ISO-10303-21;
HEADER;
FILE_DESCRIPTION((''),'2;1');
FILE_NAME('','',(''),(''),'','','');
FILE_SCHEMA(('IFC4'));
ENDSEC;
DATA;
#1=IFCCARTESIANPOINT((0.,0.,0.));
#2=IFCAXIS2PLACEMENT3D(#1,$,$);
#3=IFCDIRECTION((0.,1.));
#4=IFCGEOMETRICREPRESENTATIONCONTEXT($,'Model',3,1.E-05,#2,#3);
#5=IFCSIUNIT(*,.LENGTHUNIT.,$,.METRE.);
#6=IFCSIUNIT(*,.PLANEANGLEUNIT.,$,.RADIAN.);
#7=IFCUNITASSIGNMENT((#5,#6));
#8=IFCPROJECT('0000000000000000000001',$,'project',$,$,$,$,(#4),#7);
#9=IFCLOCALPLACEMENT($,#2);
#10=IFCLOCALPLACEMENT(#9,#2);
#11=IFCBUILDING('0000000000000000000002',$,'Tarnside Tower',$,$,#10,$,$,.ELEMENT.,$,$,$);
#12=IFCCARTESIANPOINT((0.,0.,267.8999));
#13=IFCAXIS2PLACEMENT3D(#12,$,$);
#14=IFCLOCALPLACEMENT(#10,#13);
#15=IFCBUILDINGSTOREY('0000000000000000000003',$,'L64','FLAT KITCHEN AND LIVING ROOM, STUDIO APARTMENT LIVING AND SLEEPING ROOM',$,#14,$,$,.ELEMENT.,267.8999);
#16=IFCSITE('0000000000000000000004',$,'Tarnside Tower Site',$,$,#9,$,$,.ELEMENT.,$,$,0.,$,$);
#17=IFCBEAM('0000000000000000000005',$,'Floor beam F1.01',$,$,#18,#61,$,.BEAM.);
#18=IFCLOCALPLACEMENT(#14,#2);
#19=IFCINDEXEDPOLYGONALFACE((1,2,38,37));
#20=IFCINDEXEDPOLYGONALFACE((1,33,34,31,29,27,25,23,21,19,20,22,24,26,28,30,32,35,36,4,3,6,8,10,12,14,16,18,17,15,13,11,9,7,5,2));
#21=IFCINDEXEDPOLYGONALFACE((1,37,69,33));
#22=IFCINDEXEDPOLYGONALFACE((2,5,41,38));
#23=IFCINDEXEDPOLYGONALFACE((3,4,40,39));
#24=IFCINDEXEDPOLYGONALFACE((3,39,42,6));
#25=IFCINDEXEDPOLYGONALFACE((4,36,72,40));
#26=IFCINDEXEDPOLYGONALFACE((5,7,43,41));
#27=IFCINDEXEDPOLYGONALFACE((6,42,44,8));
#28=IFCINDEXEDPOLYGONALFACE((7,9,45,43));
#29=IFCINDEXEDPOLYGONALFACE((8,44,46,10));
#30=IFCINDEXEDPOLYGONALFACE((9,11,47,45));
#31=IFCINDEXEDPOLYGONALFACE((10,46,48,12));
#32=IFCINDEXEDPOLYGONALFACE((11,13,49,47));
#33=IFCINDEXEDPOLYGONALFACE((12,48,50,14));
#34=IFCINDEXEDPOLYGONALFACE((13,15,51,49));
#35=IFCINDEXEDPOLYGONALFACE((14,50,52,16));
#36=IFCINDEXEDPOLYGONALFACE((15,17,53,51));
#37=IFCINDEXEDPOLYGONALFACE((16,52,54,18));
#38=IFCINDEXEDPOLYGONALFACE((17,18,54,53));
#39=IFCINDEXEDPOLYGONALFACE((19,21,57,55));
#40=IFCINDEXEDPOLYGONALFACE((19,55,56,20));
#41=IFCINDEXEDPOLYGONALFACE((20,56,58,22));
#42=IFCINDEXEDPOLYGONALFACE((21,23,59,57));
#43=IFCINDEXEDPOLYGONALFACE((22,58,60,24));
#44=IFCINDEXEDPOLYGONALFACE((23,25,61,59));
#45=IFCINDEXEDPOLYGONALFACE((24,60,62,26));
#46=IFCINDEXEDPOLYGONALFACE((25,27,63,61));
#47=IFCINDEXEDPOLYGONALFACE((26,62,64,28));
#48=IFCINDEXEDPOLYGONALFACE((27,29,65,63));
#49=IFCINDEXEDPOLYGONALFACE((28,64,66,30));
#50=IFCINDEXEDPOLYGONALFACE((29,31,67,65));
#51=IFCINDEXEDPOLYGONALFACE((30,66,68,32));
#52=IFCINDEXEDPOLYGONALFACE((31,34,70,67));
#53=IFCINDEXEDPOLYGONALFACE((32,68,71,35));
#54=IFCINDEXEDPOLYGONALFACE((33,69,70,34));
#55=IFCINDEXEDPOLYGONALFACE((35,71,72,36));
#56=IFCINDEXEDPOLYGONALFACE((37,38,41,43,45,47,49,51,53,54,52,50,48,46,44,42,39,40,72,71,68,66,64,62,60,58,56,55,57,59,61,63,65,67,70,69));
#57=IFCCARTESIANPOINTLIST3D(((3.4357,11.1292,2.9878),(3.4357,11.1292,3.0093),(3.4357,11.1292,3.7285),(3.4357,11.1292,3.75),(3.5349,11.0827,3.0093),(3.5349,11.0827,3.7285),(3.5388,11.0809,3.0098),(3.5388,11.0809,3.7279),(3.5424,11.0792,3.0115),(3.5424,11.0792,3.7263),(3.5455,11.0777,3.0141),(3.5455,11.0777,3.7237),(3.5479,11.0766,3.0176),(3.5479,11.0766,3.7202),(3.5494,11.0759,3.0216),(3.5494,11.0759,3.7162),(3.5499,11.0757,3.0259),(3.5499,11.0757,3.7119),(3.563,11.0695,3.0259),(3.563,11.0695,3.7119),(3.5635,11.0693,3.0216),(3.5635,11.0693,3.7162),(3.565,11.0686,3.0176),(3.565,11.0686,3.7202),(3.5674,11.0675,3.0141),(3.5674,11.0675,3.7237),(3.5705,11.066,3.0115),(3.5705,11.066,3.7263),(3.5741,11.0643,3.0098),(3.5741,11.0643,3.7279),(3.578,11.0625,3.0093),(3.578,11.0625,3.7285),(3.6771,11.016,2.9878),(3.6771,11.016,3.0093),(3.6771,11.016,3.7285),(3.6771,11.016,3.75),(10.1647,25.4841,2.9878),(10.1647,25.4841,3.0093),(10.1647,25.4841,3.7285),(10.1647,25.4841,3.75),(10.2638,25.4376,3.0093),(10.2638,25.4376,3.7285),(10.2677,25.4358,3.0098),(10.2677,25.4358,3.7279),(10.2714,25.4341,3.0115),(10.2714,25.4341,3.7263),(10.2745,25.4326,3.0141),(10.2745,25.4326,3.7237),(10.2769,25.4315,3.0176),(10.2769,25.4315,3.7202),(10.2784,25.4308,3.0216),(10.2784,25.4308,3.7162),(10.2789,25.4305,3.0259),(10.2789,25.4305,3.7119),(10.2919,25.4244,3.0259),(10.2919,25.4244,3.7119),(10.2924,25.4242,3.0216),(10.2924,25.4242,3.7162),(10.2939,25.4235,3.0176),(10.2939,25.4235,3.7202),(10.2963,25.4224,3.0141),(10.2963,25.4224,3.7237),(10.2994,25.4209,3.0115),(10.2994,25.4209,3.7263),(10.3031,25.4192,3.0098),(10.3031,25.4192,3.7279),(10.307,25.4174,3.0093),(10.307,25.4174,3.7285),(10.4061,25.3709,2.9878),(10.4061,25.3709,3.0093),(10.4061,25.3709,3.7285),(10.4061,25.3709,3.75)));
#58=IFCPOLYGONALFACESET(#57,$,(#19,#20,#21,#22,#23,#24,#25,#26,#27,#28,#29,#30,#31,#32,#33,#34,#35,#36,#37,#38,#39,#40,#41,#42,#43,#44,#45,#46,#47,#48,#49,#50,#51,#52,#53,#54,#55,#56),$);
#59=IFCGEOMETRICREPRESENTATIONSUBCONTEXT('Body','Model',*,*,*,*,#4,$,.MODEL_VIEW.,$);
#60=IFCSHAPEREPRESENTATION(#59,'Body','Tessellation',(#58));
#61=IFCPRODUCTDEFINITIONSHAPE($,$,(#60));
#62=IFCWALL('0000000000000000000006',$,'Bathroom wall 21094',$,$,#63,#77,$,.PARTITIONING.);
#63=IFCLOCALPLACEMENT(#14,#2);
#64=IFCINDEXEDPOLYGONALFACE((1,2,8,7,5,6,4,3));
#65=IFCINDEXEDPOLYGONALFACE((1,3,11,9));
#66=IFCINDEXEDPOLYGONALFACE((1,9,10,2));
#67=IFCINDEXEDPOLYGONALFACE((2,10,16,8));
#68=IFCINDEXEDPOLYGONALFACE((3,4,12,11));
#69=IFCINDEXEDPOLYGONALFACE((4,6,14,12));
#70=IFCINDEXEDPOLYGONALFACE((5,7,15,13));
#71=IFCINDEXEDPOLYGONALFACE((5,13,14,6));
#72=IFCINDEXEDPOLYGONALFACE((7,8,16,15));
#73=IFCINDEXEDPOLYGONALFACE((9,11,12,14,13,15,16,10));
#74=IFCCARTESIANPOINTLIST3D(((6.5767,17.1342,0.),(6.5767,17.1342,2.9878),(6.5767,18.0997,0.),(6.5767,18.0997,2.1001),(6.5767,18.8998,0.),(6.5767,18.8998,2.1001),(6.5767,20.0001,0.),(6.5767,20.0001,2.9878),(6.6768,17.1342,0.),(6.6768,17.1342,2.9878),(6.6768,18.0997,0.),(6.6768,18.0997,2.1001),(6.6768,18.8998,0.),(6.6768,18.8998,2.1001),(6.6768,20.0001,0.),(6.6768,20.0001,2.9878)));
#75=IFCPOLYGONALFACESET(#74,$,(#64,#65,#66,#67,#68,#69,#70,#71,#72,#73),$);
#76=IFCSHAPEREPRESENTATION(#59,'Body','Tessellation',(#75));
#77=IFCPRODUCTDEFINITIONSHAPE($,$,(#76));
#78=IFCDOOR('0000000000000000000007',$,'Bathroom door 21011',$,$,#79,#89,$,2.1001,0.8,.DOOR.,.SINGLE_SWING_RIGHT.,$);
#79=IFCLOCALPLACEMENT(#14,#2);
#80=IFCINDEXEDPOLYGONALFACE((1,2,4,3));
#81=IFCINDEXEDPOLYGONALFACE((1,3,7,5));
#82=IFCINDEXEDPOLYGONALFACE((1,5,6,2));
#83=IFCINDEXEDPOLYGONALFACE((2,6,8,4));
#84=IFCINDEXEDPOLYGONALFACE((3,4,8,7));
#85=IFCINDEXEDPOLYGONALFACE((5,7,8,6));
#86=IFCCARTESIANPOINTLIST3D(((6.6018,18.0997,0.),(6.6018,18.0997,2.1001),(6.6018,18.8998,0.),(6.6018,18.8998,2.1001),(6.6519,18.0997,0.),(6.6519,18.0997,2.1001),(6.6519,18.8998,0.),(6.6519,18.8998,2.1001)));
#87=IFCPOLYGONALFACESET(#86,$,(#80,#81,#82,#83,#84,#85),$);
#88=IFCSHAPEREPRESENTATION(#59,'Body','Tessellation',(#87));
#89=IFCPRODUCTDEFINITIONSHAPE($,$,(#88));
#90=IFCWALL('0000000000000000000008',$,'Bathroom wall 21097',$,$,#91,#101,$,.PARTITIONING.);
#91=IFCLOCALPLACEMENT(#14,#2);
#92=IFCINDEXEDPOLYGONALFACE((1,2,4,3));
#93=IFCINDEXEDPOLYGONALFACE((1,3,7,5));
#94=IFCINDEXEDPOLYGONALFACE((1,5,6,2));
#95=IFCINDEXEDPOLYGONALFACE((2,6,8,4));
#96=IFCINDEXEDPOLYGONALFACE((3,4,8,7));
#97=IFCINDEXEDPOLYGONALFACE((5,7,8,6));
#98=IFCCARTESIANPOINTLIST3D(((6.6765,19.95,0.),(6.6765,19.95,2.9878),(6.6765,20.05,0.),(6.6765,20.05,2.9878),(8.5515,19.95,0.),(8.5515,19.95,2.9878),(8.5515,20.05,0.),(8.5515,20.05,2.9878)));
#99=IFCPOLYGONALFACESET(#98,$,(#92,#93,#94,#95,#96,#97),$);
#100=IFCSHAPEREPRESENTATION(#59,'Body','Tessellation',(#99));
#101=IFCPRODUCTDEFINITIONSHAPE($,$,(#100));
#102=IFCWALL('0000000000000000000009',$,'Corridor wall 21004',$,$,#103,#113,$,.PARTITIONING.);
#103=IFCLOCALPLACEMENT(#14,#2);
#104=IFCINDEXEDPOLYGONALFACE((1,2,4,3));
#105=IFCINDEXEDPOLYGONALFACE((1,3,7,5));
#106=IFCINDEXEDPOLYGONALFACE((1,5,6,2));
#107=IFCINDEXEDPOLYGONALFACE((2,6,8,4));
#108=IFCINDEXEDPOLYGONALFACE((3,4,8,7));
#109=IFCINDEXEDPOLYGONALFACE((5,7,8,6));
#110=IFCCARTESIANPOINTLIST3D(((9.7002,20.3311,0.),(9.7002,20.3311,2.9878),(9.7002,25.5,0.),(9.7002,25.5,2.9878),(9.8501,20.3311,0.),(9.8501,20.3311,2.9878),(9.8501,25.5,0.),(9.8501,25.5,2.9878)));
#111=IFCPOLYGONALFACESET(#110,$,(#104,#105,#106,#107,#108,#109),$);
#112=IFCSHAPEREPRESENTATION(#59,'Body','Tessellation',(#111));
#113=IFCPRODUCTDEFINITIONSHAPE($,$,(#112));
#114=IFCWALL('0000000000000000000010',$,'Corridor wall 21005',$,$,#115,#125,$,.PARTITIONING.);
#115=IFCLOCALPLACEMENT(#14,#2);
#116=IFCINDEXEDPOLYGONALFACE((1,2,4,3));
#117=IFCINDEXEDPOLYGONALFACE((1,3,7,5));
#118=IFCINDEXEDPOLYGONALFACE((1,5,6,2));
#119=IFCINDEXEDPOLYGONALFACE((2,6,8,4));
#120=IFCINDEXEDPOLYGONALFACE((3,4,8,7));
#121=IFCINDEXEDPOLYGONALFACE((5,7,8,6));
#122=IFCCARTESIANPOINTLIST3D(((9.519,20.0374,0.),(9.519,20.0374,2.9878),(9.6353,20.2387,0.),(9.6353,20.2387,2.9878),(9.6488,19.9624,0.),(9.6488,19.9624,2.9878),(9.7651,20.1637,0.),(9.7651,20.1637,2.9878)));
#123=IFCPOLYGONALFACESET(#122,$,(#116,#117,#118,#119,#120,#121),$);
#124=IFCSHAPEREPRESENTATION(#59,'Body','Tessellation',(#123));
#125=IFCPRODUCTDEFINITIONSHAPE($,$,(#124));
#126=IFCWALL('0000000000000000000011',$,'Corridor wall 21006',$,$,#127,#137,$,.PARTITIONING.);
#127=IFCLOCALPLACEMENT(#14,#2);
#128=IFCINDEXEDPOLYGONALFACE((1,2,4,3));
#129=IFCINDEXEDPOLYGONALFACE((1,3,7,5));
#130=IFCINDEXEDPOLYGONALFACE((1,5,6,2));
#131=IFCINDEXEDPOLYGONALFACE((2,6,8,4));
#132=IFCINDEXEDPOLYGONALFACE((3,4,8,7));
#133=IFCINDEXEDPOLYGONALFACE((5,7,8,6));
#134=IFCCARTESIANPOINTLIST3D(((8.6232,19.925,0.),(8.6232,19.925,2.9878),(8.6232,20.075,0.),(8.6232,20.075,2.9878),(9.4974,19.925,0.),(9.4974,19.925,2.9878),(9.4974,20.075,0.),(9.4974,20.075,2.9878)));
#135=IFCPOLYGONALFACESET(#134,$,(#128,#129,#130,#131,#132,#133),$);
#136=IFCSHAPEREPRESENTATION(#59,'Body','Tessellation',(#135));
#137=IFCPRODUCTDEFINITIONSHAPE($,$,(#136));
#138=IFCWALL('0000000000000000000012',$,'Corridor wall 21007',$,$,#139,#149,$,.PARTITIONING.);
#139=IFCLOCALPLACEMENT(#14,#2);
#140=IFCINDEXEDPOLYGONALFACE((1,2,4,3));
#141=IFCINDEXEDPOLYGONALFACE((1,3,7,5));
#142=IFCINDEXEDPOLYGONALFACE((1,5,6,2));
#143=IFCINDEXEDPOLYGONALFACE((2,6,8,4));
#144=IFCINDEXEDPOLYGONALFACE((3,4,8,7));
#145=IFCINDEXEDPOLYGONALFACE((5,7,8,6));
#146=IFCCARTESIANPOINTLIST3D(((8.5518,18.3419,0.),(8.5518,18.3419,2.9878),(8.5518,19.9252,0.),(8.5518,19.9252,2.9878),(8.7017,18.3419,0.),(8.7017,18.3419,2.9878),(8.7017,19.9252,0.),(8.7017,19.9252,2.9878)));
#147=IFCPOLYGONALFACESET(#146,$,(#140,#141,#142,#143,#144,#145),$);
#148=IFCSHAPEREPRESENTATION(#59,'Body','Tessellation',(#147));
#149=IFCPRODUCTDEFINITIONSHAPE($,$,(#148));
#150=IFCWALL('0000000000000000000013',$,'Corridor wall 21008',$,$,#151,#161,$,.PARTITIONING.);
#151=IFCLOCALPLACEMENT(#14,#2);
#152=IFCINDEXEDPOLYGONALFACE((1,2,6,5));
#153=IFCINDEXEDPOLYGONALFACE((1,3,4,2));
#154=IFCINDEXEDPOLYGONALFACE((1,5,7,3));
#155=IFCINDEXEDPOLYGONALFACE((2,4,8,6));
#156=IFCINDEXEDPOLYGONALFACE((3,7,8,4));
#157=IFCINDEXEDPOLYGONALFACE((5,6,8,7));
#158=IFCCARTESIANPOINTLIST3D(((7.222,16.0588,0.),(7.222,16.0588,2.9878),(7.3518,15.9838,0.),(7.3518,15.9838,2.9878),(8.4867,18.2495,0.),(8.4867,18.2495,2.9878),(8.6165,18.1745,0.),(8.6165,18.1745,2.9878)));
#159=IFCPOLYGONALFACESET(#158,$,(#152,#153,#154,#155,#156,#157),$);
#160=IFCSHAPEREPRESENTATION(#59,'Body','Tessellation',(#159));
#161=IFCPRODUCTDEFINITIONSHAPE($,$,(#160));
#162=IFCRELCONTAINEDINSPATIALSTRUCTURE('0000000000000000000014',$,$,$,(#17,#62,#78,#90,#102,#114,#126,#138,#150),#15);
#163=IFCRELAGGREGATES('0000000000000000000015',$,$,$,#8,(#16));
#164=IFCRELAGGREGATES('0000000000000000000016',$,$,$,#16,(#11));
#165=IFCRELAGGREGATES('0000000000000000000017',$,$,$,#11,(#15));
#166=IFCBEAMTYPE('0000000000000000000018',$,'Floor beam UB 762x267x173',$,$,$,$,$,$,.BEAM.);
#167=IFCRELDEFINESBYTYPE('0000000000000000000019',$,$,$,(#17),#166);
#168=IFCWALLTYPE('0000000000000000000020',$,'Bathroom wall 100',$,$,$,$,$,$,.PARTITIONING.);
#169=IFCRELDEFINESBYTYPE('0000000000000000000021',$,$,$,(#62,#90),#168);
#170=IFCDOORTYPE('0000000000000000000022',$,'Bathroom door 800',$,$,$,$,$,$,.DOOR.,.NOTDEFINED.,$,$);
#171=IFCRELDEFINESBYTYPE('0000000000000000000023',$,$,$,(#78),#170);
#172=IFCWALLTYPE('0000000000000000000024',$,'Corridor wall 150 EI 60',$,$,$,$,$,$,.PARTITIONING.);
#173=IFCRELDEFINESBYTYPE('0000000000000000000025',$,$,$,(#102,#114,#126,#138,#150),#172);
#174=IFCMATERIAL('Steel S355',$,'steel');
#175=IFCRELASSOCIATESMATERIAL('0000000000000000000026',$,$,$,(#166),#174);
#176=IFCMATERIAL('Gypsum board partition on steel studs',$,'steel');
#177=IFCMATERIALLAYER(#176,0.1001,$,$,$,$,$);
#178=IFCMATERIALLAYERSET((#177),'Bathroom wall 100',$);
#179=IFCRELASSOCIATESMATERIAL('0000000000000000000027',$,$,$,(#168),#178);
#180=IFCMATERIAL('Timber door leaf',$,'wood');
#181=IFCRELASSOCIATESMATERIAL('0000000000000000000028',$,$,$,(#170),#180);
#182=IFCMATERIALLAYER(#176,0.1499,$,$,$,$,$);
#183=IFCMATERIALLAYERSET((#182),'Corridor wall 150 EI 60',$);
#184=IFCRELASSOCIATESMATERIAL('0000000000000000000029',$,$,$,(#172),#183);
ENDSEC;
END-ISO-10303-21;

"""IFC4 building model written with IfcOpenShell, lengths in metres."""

from ifc_helpers import new_model, si_unit, direction, frame, frame_2d, origin, origin_2d, place, context, subcontext, project, spatial, rectangle, i_section, extrude, material, layer, layer_set, material_profile, profile_set, type_object, element, fill, save


model = new_model("IFC4")

# Units and contexts
model_context = context("Model", 3, precision=1e-05, world=origin(), true_north=direction((0.0, 1.0)))
body_context = subcontext(model_context, "Body", "Model", "MODEL_VIEW")
ifc_project = project(units=[si_unit("LENGTHUNIT", "METRE"), si_unit("PLANEANGLEUNIT", "RADIAN")], contexts=[model_context])

# Site, building, storey
site_placement = place(None, origin())
site = spatial("IfcSite", under=ifc_project, at=site_placement, Name="Tarnside Tower Site", CompositionType="ELEMENT", RefElevation=0.0)
building_placement = place(site_placement, origin())
building = spatial("IfcBuilding", under=site, at=building_placement, Name="Tarnside Tower", CompositionType="ELEMENT")
storey_placement = place(building_placement, frame((0.0, 0.0, 267.8999)))
storey = spatial("IfcBuildingStorey", under=building, at=storey_placement, Name="L64", Description="FLAT KITCHEN AND LIVING ROOM, STUDIO APARTMENT LIVING AND SLEEPING ROOM", CompositionType="ELEMENT", Elevation=267.8999)

# Beam
ifc_material_1 = material(Name="Steel S355", Category="steel")
ifc_material_profile = material_profile(ifc_material_1, i_section(OverallWidth=0.2666, OverallDepth=0.7622, WebThickness=0.0144, FlangeThickness=0.0215, FilletRadius=0.0166, at=origin_2d()), Name="UB 762x267x173")
ifc_profile_set = profile_set([ifc_material_profile], Name="Steel S355")
beam_type = type_object("IfcBeamType", Name="Floor beam UB 762x267x173", PredefinedType="BEAM", material=ifc_profile_set)
beam_placement = place(storey_placement, frame((10.2854, 25.4275, 3.3689), z_axis=(-0.424439, -0.905456, 0.0), x_axis=(0.905456, -0.424439, 0.0)))
element("IfcBeam", 1, at=beam_placement, inside=storey, type_object=beam_type, Name="Floor beam F1.01", PredefinedType="BEAM", context=body_context, shape_type="SweptSolid", body=[
    extrude(i_section(OverallWidth=0.2666, OverallDepth=0.7622, WebThickness=0.0144, FlangeThickness=0.0215, FilletRadius=0.0166, at=origin_2d()), origin(), (0.0, 0.0, 1.0), 15.8538),
])

# Wall, opening, door
ifc_material_2 = material(Name="Gypsum board partition on steel studs", Category="steel")
ifc_layer_1 = layer(ifc_material_2, 0.1001)
ifc_layer_set_1 = layer_set([ifc_layer_1], Name="Bathroom wall 100")
wall_type_1 = type_object("IfcWallType", Name="Bathroom wall 100", PredefinedType="PARTITIONING", material=ifc_layer_set_1)
wall_1_placement = place(storey_placement, frame((6.6267, 17.134, 0.0), z_axis=(0.0, 0.0, 1.0), x_axis=(0.0, 1.0, 0.0)))
wall_1 = element("IfcWall", 2, at=wall_1_placement, inside=storey, type_object=wall_type_1, Name="Bathroom wall 21094", PredefinedType="PARTITIONING", context=body_context, shape_type="SweptSolid", body=[
    extrude(rectangle(XDim=2.866, YDim=0.1001, at=frame_2d((1.4331, 0.0))), origin(), (0.0, 0.0, 1.0), 2.9878),
])
opening_1_placement = place(wall_1_placement, frame((0.9658, 0.0, 0.0)))
opening_1 = element("IfcOpeningElement", 3, at=opening_1_placement, cuts=wall_1, PredefinedType="OPENING", context=body_context, shape_type="SweptSolid", body=[
    extrude(rectangle(XDim=0.8, YDim=2.1001, at=frame_2d((0.3999, 1.05))), frame((0.0, 0.0601, 0.0), z_axis=(0.0, -1.0, 0.0), x_axis=(1.0, 0.0, 0.0)), (0.0, 0.0, 1.0), 0.1201),
])
ifc_material_3 = material(Name="Timber door leaf", Category="wood")
door_type = type_object("IfcDoorType", Name="Bathroom door 800", OperationType="NOTDEFINED", PredefinedType="DOOR", material=ifc_material_3)
door_placement = place(opening_1_placement, origin())
door = element("IfcDoor", 4, at=door_placement, inside=storey, type_object=door_type, Name="Bathroom door 21011", OperationType="SINGLE_SWING_RIGHT", OverallHeight=2.1001, OverallWidth=0.8, PredefinedType="DOOR", context=body_context, shape_type="SweptSolid", body=[
    extrude(rectangle(XDim=0.8, YDim=2.1001, at=frame_2d((0.3999, 1.05))), frame((0.0, 0.0249, 0.0), z_axis=(0.0, -1.0, 0.0), x_axis=(1.0, 0.0, 0.0)), (0.0, 0.0, 1.0), 0.05),
])
fill(opening_1, door)

# Walls
wall_2_placement = place(storey_placement, frame((6.6765, 20.0, 0.0), z_axis=(0.0, 0.0, 1.0), x_axis=(1.0, 0.0, 0.0)))
element("IfcWall", 5, at=wall_2_placement, inside=storey, type_object=wall_type_1, Name="Bathroom wall 21097", PredefinedType="PARTITIONING", context=body_context, shape_type="SweptSolid", body=[
    extrude(rectangle(XDim=1.875, YDim=0.1001, at=frame_2d((0.9375, 0.0))), origin(), (0.0, 0.0, 1.0), 2.9878),
])
ifc_layer_2 = layer(ifc_material_2, 0.1499)
ifc_layer_set_2 = layer_set([ifc_layer_2], Name="Corridor wall 150 EI 60")
wall_type_2 = type_object("IfcWallType", Name="Corridor wall 150 EI 60", PredefinedType="PARTITIONING", material=ifc_layer_set_2)
wall_3_placement = place(storey_placement, frame((9.7751, 25.5, 0.0), z_axis=(0.0, 0.0, 1.0), x_axis=(0.0, -1.0, 0.0)))
element("IfcWall", 6, at=wall_3_placement, inside=storey, type_object=wall_type_2, Name="Corridor wall 21004", PredefinedType="PARTITIONING", context=body_context, shape_type="SweptSolid", body=[
    extrude(rectangle(XDim=5.1689, YDim=0.1499, at=frame_2d((2.5845, 0.0))), origin(), (0.0, 0.0, 1.0), 2.9878),
])
wall_4_placement = place(storey_placement, frame((9.7002, 20.2012, 0.0), z_axis=(0.0, 0.0, 1.0), x_axis=(-0.500208, -0.865906, 0.0)))
element("IfcWall", 7, at=wall_4_placement, inside=storey, type_object=wall_type_2, Name="Corridor wall 21005", PredefinedType="PARTITIONING", context=body_context, shape_type="SweptSolid", body=[
    extrude(rectangle(XDim=0.2324, YDim=0.1499, at=frame_2d((0.1162, 0.0))), origin(), (0.0, 0.0, 1.0), 2.9878),
])
wall_5_placement = place(storey_placement, frame((9.4973, 20.0, 0.0), z_axis=(0.0, 0.0, 1.0), x_axis=(-1.0, 0.0, 0.0)))
element("IfcWall", 8, at=wall_5_placement, inside=storey, type_object=wall_type_2, Name="Corridor wall 21006", PredefinedType="PARTITIONING", context=body_context, shape_type="SweptSolid", body=[
    extrude(rectangle(XDim=0.8743, YDim=0.1499, at=frame_2d((0.437, 0.0))), origin(), (0.0, 0.0, 1.0), 2.9878),
])
wall_6_placement = place(storey_placement, frame((8.6267, 19.925, 0.0), z_axis=(0.0, 0.0, 1.0), x_axis=(0.0, -1.0, 0.0)))
element("IfcWall", 9, at=wall_6_placement, inside=storey, type_object=wall_type_2, Name="Corridor wall 21007", PredefinedType="PARTITIONING", context=body_context, shape_type="SweptSolid", body=[
    extrude(rectangle(XDim=1.5833, YDim=0.1499, at=frame_2d((0.7915, 0.0))), origin(), (0.0, 0.0, 1.0), 2.9878),
])
wall_7_placement = place(storey_placement, frame((8.5515, 18.2119, 0.0), z_axis=(0.0, 0.0, 1.0), x_axis=(-0.499959, -0.866049, 0.0)))
element("IfcWall", 10, at=wall_7_placement, inside=storey, type_object=wall_type_2, Name="Corridor wall 21008", PredefinedType="PARTITIONING", context=body_context, shape_type="SweptSolid", body=[
    extrude(rectangle(XDim=2.5295, YDim=0.1499, at=frame_2d((1.2646, 0.0))), origin(), (0.0, 0.0, 1.0), 2.9878),
])

save(model, "model.ifc")
